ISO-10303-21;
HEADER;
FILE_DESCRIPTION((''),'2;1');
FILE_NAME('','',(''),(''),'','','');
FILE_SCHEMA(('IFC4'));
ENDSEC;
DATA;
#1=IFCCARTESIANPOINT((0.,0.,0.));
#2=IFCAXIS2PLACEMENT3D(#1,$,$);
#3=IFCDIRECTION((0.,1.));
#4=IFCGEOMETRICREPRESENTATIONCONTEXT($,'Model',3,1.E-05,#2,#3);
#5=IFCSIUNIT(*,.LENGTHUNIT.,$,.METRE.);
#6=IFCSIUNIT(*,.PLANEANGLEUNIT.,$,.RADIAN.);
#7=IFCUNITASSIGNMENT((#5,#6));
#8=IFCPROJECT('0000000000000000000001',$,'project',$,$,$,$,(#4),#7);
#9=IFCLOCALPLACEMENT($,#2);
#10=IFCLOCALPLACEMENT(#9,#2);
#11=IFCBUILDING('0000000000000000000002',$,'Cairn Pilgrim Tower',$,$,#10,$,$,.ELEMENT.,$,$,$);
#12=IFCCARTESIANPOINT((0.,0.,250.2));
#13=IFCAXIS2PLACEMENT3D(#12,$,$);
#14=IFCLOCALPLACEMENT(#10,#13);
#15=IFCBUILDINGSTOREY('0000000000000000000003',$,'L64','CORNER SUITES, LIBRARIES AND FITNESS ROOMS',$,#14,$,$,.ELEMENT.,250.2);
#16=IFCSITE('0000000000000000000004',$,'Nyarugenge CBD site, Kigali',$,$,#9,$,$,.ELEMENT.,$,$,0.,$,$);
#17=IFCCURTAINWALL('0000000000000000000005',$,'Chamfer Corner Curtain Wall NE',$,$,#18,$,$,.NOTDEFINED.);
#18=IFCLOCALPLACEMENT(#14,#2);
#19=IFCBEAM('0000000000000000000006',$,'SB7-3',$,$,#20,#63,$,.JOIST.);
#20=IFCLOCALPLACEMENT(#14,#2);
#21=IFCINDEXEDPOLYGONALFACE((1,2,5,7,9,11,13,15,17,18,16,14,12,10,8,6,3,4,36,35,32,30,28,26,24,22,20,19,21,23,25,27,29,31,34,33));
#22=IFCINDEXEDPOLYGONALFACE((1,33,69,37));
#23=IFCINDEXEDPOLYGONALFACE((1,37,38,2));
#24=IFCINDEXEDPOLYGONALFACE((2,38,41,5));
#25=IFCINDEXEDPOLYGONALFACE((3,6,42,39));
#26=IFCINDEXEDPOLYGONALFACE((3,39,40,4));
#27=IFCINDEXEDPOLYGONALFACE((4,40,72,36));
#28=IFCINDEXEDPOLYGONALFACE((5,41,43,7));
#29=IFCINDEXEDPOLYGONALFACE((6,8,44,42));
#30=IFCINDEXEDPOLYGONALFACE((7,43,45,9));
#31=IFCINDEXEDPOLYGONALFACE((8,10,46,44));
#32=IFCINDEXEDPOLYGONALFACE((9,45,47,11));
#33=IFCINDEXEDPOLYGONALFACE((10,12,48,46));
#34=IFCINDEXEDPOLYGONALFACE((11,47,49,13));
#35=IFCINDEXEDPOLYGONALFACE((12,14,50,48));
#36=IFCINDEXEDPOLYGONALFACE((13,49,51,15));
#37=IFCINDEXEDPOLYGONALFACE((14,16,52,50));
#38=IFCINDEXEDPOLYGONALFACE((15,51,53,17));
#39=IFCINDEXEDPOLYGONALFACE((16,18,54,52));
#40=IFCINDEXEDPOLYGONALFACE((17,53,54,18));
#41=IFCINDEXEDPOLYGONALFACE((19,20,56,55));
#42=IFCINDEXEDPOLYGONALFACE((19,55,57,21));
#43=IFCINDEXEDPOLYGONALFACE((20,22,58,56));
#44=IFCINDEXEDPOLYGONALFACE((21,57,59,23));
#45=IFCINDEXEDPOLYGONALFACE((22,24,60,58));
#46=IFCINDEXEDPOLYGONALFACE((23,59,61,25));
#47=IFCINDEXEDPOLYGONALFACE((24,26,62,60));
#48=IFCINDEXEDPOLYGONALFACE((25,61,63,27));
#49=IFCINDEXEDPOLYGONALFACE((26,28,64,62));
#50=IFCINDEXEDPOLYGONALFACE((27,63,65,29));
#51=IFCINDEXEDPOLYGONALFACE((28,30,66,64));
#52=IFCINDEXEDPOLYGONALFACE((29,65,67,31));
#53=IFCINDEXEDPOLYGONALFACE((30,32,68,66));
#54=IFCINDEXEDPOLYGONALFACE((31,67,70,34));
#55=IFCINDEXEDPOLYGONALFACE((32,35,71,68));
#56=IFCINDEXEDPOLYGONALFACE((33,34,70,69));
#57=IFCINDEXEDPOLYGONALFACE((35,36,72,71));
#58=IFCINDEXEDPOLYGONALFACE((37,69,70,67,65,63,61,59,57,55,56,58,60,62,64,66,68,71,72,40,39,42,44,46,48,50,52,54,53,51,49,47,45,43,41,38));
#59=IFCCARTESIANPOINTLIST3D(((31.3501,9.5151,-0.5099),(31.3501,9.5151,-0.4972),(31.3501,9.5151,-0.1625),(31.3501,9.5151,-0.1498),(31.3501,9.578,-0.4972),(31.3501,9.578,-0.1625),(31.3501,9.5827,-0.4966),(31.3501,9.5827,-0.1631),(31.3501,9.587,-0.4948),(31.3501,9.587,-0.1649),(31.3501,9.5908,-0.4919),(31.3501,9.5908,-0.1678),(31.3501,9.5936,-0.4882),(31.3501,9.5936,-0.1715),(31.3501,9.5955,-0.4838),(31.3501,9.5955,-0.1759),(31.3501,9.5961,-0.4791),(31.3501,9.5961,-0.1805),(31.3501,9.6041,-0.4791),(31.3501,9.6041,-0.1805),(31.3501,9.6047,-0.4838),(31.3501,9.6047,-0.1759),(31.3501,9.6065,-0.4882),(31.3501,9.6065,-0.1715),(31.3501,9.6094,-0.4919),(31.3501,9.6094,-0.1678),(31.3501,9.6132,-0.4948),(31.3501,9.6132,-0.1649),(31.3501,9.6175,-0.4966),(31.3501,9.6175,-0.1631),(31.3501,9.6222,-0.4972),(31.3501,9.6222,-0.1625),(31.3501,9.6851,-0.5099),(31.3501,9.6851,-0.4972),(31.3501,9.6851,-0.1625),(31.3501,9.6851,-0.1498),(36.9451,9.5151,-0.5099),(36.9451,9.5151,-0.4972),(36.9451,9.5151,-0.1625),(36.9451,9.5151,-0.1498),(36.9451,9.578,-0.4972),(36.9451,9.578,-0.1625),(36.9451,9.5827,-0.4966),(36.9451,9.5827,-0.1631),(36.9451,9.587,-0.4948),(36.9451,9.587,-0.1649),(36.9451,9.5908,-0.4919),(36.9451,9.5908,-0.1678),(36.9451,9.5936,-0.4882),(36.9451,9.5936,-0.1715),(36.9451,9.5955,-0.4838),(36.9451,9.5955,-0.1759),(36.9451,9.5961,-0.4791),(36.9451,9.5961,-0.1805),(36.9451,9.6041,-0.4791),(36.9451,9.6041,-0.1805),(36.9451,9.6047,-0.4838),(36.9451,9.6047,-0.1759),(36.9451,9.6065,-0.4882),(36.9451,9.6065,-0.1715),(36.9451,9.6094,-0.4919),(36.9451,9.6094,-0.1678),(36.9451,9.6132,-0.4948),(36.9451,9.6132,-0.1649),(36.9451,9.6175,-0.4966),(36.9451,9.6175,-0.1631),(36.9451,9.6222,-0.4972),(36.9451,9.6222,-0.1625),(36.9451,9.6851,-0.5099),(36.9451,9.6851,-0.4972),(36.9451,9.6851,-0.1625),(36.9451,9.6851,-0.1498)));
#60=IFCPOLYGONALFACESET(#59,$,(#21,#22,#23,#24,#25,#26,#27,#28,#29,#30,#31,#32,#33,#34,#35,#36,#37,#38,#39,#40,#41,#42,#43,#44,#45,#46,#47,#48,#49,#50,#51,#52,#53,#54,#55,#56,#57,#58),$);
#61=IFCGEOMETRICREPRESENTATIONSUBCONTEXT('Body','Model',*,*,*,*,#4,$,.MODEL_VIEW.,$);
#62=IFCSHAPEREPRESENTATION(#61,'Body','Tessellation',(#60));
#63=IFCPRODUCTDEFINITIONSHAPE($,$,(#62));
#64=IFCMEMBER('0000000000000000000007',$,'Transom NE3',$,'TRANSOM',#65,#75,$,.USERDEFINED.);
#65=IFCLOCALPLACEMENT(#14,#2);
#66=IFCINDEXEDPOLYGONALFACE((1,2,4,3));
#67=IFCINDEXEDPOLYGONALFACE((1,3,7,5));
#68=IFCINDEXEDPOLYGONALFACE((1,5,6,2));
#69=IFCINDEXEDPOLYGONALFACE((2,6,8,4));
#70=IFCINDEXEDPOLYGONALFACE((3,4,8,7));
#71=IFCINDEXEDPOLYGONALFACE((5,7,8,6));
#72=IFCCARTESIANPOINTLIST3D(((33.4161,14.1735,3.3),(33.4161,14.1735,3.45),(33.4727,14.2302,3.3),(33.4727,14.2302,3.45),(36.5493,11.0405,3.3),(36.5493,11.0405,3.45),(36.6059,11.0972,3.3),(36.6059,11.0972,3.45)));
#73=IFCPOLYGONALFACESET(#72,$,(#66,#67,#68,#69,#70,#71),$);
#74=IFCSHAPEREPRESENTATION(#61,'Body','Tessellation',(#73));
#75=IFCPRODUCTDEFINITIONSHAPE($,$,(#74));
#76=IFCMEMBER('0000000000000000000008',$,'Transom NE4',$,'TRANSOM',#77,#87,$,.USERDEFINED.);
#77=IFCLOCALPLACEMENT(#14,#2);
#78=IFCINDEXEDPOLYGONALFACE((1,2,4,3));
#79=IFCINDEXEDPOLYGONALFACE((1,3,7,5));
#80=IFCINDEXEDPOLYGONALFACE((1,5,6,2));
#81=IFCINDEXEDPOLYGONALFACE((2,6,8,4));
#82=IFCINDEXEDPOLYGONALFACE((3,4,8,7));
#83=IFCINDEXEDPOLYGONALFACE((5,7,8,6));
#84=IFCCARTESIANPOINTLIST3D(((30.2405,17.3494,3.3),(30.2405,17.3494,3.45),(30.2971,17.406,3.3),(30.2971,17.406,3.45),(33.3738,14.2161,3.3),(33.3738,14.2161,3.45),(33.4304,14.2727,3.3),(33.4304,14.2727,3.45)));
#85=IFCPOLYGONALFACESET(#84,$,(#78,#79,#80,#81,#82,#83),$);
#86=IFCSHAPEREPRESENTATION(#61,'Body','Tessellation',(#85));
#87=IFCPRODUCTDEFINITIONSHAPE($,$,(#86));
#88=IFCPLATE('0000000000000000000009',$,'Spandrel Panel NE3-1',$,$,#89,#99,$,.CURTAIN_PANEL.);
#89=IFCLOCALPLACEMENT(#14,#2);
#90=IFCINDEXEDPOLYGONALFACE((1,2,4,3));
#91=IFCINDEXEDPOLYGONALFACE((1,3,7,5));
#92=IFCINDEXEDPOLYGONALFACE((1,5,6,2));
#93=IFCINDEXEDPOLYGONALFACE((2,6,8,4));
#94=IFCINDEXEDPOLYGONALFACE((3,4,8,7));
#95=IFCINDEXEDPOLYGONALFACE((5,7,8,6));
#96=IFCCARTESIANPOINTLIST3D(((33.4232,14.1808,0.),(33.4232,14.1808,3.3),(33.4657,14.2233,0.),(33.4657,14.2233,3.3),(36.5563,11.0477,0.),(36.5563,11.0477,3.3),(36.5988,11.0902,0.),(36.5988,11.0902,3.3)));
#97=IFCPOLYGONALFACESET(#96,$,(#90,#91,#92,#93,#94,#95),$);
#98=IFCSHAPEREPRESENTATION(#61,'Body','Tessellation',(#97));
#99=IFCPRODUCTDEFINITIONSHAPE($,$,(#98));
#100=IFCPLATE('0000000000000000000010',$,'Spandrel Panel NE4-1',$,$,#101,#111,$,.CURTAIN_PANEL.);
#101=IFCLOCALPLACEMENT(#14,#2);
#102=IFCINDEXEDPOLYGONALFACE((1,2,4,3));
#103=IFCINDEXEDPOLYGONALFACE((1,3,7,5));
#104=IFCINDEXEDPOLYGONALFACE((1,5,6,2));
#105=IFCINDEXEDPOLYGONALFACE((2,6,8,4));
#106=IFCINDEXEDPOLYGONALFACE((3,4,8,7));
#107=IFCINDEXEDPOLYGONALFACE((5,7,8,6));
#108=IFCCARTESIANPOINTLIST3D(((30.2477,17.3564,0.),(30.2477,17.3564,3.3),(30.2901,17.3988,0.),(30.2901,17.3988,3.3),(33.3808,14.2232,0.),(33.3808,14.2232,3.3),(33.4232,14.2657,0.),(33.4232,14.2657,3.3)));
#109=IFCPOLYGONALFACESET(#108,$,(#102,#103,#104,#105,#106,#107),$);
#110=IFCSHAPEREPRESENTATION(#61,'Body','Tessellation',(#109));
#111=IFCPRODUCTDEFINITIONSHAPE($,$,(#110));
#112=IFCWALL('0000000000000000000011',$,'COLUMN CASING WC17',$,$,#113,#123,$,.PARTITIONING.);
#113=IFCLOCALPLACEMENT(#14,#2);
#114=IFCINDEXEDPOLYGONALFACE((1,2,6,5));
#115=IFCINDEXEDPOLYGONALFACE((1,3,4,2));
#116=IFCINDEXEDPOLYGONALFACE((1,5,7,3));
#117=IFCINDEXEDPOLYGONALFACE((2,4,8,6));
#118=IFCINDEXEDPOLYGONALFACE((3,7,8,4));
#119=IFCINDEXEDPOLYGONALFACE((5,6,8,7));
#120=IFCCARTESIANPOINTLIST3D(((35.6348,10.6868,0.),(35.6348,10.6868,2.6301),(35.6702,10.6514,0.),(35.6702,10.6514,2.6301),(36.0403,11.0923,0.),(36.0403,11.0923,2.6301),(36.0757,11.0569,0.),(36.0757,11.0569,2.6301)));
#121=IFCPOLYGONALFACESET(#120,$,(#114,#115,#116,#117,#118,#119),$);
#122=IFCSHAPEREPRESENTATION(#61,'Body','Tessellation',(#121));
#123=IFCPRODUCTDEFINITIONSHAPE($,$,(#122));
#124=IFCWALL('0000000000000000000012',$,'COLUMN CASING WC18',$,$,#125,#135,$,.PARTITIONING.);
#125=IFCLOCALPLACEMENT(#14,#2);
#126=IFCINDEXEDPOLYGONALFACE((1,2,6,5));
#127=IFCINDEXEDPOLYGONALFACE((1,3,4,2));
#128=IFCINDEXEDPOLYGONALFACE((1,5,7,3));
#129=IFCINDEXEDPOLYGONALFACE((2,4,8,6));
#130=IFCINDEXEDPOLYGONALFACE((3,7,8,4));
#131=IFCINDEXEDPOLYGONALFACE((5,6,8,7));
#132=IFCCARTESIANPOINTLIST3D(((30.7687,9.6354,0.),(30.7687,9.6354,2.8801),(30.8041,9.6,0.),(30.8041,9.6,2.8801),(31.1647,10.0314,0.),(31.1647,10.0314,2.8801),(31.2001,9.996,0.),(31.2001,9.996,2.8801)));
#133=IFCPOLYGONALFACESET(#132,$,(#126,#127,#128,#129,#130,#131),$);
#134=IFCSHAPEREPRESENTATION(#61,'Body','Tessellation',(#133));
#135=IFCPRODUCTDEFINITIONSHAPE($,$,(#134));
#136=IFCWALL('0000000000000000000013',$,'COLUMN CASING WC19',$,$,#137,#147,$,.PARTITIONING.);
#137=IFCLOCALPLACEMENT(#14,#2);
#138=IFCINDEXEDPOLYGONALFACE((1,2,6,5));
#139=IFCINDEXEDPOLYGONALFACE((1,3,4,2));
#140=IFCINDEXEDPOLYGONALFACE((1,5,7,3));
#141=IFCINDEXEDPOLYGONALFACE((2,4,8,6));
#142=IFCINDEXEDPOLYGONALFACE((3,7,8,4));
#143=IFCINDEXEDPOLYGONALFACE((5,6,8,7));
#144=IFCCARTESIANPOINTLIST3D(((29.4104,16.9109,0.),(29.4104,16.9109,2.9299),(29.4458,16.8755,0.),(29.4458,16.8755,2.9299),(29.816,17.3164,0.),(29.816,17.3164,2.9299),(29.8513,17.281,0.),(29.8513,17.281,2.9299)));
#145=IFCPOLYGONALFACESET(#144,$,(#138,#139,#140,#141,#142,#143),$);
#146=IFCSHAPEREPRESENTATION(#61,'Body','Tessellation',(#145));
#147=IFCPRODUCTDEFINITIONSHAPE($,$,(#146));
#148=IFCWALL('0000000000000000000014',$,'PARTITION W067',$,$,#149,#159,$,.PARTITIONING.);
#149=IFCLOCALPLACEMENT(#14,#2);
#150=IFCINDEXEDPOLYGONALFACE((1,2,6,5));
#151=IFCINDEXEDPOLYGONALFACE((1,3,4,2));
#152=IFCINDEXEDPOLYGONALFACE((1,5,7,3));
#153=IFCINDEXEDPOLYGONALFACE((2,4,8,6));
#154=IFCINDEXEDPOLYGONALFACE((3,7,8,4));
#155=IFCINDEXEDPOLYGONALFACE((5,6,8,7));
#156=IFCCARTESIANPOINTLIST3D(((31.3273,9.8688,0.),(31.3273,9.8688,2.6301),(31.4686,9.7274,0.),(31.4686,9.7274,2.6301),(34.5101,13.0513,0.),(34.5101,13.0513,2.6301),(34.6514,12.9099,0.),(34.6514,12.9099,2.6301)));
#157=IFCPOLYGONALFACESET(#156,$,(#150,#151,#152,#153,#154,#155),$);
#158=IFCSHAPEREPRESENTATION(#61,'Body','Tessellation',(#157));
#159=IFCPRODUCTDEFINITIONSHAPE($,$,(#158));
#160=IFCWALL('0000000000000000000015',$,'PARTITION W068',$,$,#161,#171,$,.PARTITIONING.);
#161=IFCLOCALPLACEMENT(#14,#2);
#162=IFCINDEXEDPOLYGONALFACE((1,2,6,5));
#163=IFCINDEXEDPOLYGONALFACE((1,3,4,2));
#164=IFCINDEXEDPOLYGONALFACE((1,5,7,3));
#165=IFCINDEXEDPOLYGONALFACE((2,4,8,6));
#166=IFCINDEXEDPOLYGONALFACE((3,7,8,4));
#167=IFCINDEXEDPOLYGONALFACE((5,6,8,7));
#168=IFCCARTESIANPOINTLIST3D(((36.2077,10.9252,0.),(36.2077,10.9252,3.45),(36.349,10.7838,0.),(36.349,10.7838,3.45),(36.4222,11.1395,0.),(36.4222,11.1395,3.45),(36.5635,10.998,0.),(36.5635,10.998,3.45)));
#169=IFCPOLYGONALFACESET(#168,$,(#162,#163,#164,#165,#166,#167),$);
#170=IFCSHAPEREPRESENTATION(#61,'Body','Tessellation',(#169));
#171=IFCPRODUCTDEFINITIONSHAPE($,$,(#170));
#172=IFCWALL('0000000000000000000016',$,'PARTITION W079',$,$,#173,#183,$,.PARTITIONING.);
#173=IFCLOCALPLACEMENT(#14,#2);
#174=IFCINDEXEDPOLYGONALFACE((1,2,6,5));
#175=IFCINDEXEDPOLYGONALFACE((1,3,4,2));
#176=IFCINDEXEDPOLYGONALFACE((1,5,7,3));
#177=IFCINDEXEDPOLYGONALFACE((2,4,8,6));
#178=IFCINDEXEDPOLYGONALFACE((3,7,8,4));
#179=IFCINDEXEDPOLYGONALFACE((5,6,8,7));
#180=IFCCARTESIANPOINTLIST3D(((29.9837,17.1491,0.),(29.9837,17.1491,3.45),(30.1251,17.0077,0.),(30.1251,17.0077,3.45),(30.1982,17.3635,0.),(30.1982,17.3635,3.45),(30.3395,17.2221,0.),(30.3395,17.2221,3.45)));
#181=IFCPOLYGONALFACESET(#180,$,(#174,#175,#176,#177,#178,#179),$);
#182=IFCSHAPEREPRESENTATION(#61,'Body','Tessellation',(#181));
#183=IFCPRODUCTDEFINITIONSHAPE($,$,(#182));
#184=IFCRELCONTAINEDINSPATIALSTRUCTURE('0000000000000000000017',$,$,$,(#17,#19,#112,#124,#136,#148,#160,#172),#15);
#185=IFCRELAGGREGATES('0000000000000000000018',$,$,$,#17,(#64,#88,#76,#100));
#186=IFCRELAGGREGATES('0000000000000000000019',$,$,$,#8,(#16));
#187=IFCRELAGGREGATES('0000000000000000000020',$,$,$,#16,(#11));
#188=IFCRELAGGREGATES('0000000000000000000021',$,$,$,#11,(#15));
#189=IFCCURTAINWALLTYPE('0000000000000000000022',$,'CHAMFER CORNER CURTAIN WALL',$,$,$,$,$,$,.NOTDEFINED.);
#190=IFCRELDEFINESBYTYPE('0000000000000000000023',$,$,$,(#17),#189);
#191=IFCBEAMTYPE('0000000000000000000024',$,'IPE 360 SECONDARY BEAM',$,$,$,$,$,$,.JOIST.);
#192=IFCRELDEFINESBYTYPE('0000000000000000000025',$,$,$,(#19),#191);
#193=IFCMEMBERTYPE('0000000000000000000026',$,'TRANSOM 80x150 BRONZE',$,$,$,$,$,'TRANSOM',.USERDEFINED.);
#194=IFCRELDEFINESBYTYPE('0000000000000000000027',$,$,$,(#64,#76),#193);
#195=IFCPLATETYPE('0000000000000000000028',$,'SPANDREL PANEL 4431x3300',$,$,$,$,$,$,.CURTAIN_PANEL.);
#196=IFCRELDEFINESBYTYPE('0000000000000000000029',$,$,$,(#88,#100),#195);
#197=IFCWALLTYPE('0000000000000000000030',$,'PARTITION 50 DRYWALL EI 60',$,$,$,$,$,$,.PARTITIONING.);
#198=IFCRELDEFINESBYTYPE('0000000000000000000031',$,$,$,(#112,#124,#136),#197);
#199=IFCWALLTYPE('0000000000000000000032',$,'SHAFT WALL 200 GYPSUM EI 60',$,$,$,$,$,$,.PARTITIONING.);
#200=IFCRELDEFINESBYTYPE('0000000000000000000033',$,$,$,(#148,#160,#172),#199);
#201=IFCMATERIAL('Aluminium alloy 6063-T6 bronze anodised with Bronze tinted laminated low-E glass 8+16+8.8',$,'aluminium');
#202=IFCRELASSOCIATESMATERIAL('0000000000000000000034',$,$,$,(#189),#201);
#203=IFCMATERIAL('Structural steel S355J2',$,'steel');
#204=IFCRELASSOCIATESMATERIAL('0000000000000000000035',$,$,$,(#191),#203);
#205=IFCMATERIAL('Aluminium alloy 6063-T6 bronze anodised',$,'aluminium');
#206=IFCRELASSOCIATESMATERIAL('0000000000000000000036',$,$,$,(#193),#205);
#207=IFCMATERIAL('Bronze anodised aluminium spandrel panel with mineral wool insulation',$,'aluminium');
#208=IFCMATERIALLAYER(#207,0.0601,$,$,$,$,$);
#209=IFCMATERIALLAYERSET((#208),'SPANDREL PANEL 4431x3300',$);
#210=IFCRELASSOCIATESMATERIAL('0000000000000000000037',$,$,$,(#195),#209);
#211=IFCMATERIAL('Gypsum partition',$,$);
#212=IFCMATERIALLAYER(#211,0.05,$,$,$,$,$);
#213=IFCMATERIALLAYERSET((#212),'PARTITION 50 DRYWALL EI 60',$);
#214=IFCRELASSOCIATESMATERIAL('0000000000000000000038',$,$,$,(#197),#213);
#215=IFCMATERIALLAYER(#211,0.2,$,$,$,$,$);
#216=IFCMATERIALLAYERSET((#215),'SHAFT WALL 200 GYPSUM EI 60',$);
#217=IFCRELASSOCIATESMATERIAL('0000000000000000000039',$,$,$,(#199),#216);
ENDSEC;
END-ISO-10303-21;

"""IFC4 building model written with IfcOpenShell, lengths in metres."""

from ifc_helpers import new_model, si_unit, direction, frame, frame_2d, origin, origin_2d, place, context, subcontext, project, spatial, rectangle, i_section, extrude, material, layer, layer_set, material_profile, profile_set, type_object, element, aggregate, save


model = new_model("IFC4")

# Units and contexts
model_context = context("Model", 3, precision=1e-05, world=origin(), true_north=direction((0.0, 1.0)))
body_context = subcontext(model_context, "Body", "Model", "MODEL_VIEW")
ifc_project = project(units=[si_unit("LENGTHUNIT", "METRE"), si_unit("PLANEANGLEUNIT", "RADIAN")], contexts=[model_context])

# Site, building, storey
site_placement = place(None, origin())
site = spatial("IfcSite", under=ifc_project, at=site_placement, Name="Nyarugenge CBD site, Kigali", CompositionType="ELEMENT", RefElevation=0.0)
building_placement = place(site_placement, origin())
building = spatial("IfcBuilding", under=site, at=building_placement, Name="Cairn Pilgrim Tower", CompositionType="ELEMENT")
storey_placement = place(building_placement, frame((0.0, 0.0, 250.2)))
storey = spatial("IfcBuildingStorey", under=building, at=storey_placement, Name="L64", Description="CORNER SUITES, LIBRARIES AND FITNESS ROOMS", CompositionType="ELEMENT", Elevation=250.2)

# Shared definitions
ifc_material_1 = material(Name="Structural steel S355J2", Category="steel")

# Curtain wall
ifc_material_2 = material(Name="Aluminium alloy 6063-T6 bronze anodised with Bronze tinted laminated low-E glass 8+16+8.8", Category="aluminium")
curtain_wall_type = type_object("IfcCurtainWallType", Name="CHAMFER CORNER CURTAIN WALL", PredefinedType="NOTDEFINED", material=ifc_material_2)
curtain_wall_placement = place(storey_placement, origin())
curtain_wall = element("IfcCurtainWall", 1, at=curtain_wall_placement, inside=storey, type_object=curtain_wall_type, Name="Chamfer Corner Curtain Wall NE", PredefinedType="NOTDEFINED")
ifc_material_3 = material(Name="Aluminium alloy 6063-T6 bronze anodised", Category="aluminium")

# Beam
ifc_material_profile_1 = material_profile(ifc_material_1, i_section(OverallWidth=0.1699, OverallDepth=0.3601, WebThickness=0.0081, FlangeThickness=0.0127, FilletRadius=0.0181, at=origin_2d()), Name="IPE 360")
ifc_profile_set_1 = profile_set([ifc_material_profile_1], Name="Structural steel S355J2")
beam_type_1 = type_object("IfcBeamType", Name="IPE 360 SECONDARY BEAM", PredefinedType="JOIST", material=ifc_profile_set_1)
beam_1_placement = place(storey_placement, frame((31.3501, 9.6001, -0.3298), z_axis=(1.0, 0.0, 0.0), x_axis=(0.0, 1.0, 0.0)))
element("IfcBeam", 2, at=beam_1_placement, inside=storey, type_object=beam_type_1, Name="SB7-3", PredefinedType="JOIST", context=body_context, shape_type="SweptSolid", body=[
    extrude(i_section(OverallWidth=0.1699, OverallDepth=0.3601, WebThickness=0.0081, FlangeThickness=0.0127, FilletRadius=0.0181, at=origin_2d()), origin(), (0.0, 0.0, 1.0), 5.595),
])

# Members
ifc_material_profile_2 = material_profile(ifc_material_3, rectangle(XDim=0.0801, YDim=0.1499, at=origin_2d()), Name="TRANSOM 80x150 BRONZE")
ifc_profile_set_2 = profile_set([ifc_material_profile_2], Name="Aluminium alloy 6063-T6 bronze anodised")
member_type_1 = type_object("IfcMemberType", Name="TRANSOM 80x150 BRONZE", ElementType="TRANSOM", PredefinedType="USERDEFINED", material=ifc_profile_set_2)
member_1_placement = place(storey_placement, frame((36.5776, 11.0688, 3.375), z_axis=(-0.707134, 0.707079, 0.0), x_axis=(-0.707079, -0.707134, 0.0)))
member_1 = element("IfcMember", 3, at=member_1_placement, type_object=member_type_1, Name="Transom NE3", ObjectType="TRANSOM", PredefinedType="USERDEFINED", context=body_context, shape_type="SweptSolid", body=[
    extrude(rectangle(XDim=0.0801, YDim=0.1499, at=origin_2d()), origin(), (0.0, 0.0, 1.0), 4.4309),
])
member_2_placement = place(storey_placement, frame((33.4021, 14.2444, 3.375), z_axis=(-0.707107, 0.707107, 0.0), x_axis=(-0.707107, -0.707107, 0.0)))
member_2 = element("IfcMember", 4, at=member_2_placement, type_object=member_type_1, Name="Transom NE4", ObjectType="TRANSOM", PredefinedType="USERDEFINED", context=body_context, shape_type="SweptSolid", body=[
    extrude(rectangle(XDim=0.0801, YDim=0.1499, at=origin_2d()), origin(), (0.0, 0.0, 1.0), 4.4312),
])

# Plates
ifc_material_4 = material(Name="Bronze anodised aluminium spandrel panel with mineral wool insulation", Category="aluminium")
ifc_layer_1 = layer(ifc_material_4, 0.0601)
ifc_layer_set_1 = layer_set([ifc_layer_1], Name="SPANDREL PANEL 4431x3300")
plate_type = type_object("IfcPlateType", Name="SPANDREL PANEL 4431x3300", PredefinedType="CURTAIN_PANEL", material=ifc_layer_set_1)
plate_1_placement = place(storey_placement, frame((35.011, 12.6355, 0.0), z_axis=(0.0, 0.0, 1.0), x_axis=(-0.707107, 0.707107, 0.0)))
plate_1 = element("IfcPlate", 5, at=plate_1_placement, type_object=plate_type, Name="Spandrel Panel NE3-1", PredefinedType="CURTAIN_PANEL", context=body_context, shape_type="SweptSolid", body=[
    extrude(rectangle(XDim=4.4309, YDim=0.0601, at=origin_2d()), origin(), (0.0, 0.0, 1.0), 3.3),
])
plate_2_placement = place(storey_placement, frame((31.8354, 15.811, 0.0), z_axis=(0.0, 0.0, 1.0), x_axis=(-0.707107, 0.707107, 0.0)))
plate_2 = element("IfcPlate", 6, at=plate_2_placement, type_object=plate_type, Name="Spandrel Panel NE4-1", PredefinedType="CURTAIN_PANEL", context=body_context, shape_type="SweptSolid", body=[
    extrude(rectangle(XDim=4.4309, YDim=0.0601, at=origin_2d()), origin(), (0.0, 0.0, 1.0), 3.3),
])
aggregate(curtain_wall, [member_1, plate_1, member_2, plate_2])

# Walls
ifc_material_5 = material(Name="Gypsum partition")
ifc_layer_2 = layer(ifc_material_5, 0.05)
ifc_layer_set_2 = layer_set([ifc_layer_2], Name="PARTITION 50 DRYWALL EI 60")
wall_type_1 = type_object("IfcWallType", Name="PARTITION 50 DRYWALL EI 60", PredefinedType="PARTITIONING", material=ifc_layer_set_2)
wall_1_placement = place(storey_placement, frame((35.6526, 10.6692, 0.0), z_axis=(0.0, 0.0, 1.0), x_axis=(0.707107, 0.707107, 0.0)))
element("IfcWall", 7, at=wall_1_placement, inside=storey, type_object=wall_type_1, Name="COLUMN CASING WC17", PredefinedType="PARTITIONING", context=body_context, shape_type="SweptSolid", body=[
    extrude(rectangle(XDim=0.5735, YDim=0.05, at=frame_2d((0.2866, 0.0))), origin(), (0.0, 0.0, 1.0), 2.6301),
])
wall_2_placement = place(storey_placement, frame((30.7864, 9.6177, 0.0), z_axis=(0.0, 0.0, 1.0), x_axis=(0.707107, 0.707107, 0.0)))
element("IfcWall", 8, at=wall_2_placement, inside=storey, type_object=wall_type_1, Name="COLUMN CASING WC18", PredefinedType="PARTITIONING", context=body_context, shape_type="SweptSolid", body=[
    extrude(rectangle(XDim=0.5601, YDim=0.05, at=frame_2d((0.28, 0.0))), origin(), (0.0, 0.0, 1.0), 2.8801),
])
wall_3_placement = place(storey_placement, frame((29.4282, 16.8933, 0.0), z_axis=(0.0, 0.0, 1.0), x_axis=(0.707107, 0.707107, 0.0)))
element("IfcWall", 9, at=wall_3_placement, inside=storey, type_object=wall_type_1, Name="COLUMN CASING WC19", PredefinedType="PARTITIONING", context=body_context, shape_type="SweptSolid", body=[
    extrude(rectangle(XDim=0.5735, YDim=0.05, at=frame_2d((0.2866, 0.0))), origin(), (0.0, 0.0, 1.0), 2.9299),
])
ifc_layer_3 = layer(ifc_material_5, 0.2)
ifc_layer_set_3 = layer_set([ifc_layer_3], Name="SHAFT WALL 200 GYPSUM EI 60")
wall_type_2 = type_object("IfcWallType", Name="SHAFT WALL 200 GYPSUM EI 60", PredefinedType="PARTITIONING", material=ifc_layer_set_3)
wall_4_placement = place(storey_placement, frame((31.3979, 9.7981, 0.0), z_axis=(0.0, 0.0, 1.0), x_axis=(0.707134, 0.70708, 0.0)))
element("IfcWall", 10, at=wall_4_placement, inside=storey, type_object=wall_type_2, Name="PARTITION W067", PredefinedType="PARTITIONING", context=body_context, shape_type="SweptSolid", body=[
    extrude(rectangle(XDim=4.501, YDim=0.2, at=frame_2d((2.2505, 0.0))), origin(), (0.0, 0.0, 1.0), 2.6301),
])
for number, where, z_axis, x_axis, name in (
    (11, (36.2783, 10.8545, 0.0), (0.0, 0.0, 1.0), (0.707509, 0.706704, 0.0), "PARTITION W068"),
    (12, (30.0544, 17.0784, 0.0), (0.0, 0.0, 1.0), (0.707107, 0.707107, 0.0), "PARTITION W079"),
):
    element("IfcWall", number, at=place(storey_placement, frame(where, z_axis=z_axis, x_axis=x_axis)), inside=storey, type_object=wall_type_2, Name=name, PredefinedType="PARTITIONING", context=body_context, shape_type="SweptSolid", body=[
        extrude(rectangle(XDim=0.3032, YDim=0.2, at=frame_2d((0.1516, 0.0))), origin(), (0.0, 0.0, 1.0), 3.45),
    ])

save(model, "model.ifc")
